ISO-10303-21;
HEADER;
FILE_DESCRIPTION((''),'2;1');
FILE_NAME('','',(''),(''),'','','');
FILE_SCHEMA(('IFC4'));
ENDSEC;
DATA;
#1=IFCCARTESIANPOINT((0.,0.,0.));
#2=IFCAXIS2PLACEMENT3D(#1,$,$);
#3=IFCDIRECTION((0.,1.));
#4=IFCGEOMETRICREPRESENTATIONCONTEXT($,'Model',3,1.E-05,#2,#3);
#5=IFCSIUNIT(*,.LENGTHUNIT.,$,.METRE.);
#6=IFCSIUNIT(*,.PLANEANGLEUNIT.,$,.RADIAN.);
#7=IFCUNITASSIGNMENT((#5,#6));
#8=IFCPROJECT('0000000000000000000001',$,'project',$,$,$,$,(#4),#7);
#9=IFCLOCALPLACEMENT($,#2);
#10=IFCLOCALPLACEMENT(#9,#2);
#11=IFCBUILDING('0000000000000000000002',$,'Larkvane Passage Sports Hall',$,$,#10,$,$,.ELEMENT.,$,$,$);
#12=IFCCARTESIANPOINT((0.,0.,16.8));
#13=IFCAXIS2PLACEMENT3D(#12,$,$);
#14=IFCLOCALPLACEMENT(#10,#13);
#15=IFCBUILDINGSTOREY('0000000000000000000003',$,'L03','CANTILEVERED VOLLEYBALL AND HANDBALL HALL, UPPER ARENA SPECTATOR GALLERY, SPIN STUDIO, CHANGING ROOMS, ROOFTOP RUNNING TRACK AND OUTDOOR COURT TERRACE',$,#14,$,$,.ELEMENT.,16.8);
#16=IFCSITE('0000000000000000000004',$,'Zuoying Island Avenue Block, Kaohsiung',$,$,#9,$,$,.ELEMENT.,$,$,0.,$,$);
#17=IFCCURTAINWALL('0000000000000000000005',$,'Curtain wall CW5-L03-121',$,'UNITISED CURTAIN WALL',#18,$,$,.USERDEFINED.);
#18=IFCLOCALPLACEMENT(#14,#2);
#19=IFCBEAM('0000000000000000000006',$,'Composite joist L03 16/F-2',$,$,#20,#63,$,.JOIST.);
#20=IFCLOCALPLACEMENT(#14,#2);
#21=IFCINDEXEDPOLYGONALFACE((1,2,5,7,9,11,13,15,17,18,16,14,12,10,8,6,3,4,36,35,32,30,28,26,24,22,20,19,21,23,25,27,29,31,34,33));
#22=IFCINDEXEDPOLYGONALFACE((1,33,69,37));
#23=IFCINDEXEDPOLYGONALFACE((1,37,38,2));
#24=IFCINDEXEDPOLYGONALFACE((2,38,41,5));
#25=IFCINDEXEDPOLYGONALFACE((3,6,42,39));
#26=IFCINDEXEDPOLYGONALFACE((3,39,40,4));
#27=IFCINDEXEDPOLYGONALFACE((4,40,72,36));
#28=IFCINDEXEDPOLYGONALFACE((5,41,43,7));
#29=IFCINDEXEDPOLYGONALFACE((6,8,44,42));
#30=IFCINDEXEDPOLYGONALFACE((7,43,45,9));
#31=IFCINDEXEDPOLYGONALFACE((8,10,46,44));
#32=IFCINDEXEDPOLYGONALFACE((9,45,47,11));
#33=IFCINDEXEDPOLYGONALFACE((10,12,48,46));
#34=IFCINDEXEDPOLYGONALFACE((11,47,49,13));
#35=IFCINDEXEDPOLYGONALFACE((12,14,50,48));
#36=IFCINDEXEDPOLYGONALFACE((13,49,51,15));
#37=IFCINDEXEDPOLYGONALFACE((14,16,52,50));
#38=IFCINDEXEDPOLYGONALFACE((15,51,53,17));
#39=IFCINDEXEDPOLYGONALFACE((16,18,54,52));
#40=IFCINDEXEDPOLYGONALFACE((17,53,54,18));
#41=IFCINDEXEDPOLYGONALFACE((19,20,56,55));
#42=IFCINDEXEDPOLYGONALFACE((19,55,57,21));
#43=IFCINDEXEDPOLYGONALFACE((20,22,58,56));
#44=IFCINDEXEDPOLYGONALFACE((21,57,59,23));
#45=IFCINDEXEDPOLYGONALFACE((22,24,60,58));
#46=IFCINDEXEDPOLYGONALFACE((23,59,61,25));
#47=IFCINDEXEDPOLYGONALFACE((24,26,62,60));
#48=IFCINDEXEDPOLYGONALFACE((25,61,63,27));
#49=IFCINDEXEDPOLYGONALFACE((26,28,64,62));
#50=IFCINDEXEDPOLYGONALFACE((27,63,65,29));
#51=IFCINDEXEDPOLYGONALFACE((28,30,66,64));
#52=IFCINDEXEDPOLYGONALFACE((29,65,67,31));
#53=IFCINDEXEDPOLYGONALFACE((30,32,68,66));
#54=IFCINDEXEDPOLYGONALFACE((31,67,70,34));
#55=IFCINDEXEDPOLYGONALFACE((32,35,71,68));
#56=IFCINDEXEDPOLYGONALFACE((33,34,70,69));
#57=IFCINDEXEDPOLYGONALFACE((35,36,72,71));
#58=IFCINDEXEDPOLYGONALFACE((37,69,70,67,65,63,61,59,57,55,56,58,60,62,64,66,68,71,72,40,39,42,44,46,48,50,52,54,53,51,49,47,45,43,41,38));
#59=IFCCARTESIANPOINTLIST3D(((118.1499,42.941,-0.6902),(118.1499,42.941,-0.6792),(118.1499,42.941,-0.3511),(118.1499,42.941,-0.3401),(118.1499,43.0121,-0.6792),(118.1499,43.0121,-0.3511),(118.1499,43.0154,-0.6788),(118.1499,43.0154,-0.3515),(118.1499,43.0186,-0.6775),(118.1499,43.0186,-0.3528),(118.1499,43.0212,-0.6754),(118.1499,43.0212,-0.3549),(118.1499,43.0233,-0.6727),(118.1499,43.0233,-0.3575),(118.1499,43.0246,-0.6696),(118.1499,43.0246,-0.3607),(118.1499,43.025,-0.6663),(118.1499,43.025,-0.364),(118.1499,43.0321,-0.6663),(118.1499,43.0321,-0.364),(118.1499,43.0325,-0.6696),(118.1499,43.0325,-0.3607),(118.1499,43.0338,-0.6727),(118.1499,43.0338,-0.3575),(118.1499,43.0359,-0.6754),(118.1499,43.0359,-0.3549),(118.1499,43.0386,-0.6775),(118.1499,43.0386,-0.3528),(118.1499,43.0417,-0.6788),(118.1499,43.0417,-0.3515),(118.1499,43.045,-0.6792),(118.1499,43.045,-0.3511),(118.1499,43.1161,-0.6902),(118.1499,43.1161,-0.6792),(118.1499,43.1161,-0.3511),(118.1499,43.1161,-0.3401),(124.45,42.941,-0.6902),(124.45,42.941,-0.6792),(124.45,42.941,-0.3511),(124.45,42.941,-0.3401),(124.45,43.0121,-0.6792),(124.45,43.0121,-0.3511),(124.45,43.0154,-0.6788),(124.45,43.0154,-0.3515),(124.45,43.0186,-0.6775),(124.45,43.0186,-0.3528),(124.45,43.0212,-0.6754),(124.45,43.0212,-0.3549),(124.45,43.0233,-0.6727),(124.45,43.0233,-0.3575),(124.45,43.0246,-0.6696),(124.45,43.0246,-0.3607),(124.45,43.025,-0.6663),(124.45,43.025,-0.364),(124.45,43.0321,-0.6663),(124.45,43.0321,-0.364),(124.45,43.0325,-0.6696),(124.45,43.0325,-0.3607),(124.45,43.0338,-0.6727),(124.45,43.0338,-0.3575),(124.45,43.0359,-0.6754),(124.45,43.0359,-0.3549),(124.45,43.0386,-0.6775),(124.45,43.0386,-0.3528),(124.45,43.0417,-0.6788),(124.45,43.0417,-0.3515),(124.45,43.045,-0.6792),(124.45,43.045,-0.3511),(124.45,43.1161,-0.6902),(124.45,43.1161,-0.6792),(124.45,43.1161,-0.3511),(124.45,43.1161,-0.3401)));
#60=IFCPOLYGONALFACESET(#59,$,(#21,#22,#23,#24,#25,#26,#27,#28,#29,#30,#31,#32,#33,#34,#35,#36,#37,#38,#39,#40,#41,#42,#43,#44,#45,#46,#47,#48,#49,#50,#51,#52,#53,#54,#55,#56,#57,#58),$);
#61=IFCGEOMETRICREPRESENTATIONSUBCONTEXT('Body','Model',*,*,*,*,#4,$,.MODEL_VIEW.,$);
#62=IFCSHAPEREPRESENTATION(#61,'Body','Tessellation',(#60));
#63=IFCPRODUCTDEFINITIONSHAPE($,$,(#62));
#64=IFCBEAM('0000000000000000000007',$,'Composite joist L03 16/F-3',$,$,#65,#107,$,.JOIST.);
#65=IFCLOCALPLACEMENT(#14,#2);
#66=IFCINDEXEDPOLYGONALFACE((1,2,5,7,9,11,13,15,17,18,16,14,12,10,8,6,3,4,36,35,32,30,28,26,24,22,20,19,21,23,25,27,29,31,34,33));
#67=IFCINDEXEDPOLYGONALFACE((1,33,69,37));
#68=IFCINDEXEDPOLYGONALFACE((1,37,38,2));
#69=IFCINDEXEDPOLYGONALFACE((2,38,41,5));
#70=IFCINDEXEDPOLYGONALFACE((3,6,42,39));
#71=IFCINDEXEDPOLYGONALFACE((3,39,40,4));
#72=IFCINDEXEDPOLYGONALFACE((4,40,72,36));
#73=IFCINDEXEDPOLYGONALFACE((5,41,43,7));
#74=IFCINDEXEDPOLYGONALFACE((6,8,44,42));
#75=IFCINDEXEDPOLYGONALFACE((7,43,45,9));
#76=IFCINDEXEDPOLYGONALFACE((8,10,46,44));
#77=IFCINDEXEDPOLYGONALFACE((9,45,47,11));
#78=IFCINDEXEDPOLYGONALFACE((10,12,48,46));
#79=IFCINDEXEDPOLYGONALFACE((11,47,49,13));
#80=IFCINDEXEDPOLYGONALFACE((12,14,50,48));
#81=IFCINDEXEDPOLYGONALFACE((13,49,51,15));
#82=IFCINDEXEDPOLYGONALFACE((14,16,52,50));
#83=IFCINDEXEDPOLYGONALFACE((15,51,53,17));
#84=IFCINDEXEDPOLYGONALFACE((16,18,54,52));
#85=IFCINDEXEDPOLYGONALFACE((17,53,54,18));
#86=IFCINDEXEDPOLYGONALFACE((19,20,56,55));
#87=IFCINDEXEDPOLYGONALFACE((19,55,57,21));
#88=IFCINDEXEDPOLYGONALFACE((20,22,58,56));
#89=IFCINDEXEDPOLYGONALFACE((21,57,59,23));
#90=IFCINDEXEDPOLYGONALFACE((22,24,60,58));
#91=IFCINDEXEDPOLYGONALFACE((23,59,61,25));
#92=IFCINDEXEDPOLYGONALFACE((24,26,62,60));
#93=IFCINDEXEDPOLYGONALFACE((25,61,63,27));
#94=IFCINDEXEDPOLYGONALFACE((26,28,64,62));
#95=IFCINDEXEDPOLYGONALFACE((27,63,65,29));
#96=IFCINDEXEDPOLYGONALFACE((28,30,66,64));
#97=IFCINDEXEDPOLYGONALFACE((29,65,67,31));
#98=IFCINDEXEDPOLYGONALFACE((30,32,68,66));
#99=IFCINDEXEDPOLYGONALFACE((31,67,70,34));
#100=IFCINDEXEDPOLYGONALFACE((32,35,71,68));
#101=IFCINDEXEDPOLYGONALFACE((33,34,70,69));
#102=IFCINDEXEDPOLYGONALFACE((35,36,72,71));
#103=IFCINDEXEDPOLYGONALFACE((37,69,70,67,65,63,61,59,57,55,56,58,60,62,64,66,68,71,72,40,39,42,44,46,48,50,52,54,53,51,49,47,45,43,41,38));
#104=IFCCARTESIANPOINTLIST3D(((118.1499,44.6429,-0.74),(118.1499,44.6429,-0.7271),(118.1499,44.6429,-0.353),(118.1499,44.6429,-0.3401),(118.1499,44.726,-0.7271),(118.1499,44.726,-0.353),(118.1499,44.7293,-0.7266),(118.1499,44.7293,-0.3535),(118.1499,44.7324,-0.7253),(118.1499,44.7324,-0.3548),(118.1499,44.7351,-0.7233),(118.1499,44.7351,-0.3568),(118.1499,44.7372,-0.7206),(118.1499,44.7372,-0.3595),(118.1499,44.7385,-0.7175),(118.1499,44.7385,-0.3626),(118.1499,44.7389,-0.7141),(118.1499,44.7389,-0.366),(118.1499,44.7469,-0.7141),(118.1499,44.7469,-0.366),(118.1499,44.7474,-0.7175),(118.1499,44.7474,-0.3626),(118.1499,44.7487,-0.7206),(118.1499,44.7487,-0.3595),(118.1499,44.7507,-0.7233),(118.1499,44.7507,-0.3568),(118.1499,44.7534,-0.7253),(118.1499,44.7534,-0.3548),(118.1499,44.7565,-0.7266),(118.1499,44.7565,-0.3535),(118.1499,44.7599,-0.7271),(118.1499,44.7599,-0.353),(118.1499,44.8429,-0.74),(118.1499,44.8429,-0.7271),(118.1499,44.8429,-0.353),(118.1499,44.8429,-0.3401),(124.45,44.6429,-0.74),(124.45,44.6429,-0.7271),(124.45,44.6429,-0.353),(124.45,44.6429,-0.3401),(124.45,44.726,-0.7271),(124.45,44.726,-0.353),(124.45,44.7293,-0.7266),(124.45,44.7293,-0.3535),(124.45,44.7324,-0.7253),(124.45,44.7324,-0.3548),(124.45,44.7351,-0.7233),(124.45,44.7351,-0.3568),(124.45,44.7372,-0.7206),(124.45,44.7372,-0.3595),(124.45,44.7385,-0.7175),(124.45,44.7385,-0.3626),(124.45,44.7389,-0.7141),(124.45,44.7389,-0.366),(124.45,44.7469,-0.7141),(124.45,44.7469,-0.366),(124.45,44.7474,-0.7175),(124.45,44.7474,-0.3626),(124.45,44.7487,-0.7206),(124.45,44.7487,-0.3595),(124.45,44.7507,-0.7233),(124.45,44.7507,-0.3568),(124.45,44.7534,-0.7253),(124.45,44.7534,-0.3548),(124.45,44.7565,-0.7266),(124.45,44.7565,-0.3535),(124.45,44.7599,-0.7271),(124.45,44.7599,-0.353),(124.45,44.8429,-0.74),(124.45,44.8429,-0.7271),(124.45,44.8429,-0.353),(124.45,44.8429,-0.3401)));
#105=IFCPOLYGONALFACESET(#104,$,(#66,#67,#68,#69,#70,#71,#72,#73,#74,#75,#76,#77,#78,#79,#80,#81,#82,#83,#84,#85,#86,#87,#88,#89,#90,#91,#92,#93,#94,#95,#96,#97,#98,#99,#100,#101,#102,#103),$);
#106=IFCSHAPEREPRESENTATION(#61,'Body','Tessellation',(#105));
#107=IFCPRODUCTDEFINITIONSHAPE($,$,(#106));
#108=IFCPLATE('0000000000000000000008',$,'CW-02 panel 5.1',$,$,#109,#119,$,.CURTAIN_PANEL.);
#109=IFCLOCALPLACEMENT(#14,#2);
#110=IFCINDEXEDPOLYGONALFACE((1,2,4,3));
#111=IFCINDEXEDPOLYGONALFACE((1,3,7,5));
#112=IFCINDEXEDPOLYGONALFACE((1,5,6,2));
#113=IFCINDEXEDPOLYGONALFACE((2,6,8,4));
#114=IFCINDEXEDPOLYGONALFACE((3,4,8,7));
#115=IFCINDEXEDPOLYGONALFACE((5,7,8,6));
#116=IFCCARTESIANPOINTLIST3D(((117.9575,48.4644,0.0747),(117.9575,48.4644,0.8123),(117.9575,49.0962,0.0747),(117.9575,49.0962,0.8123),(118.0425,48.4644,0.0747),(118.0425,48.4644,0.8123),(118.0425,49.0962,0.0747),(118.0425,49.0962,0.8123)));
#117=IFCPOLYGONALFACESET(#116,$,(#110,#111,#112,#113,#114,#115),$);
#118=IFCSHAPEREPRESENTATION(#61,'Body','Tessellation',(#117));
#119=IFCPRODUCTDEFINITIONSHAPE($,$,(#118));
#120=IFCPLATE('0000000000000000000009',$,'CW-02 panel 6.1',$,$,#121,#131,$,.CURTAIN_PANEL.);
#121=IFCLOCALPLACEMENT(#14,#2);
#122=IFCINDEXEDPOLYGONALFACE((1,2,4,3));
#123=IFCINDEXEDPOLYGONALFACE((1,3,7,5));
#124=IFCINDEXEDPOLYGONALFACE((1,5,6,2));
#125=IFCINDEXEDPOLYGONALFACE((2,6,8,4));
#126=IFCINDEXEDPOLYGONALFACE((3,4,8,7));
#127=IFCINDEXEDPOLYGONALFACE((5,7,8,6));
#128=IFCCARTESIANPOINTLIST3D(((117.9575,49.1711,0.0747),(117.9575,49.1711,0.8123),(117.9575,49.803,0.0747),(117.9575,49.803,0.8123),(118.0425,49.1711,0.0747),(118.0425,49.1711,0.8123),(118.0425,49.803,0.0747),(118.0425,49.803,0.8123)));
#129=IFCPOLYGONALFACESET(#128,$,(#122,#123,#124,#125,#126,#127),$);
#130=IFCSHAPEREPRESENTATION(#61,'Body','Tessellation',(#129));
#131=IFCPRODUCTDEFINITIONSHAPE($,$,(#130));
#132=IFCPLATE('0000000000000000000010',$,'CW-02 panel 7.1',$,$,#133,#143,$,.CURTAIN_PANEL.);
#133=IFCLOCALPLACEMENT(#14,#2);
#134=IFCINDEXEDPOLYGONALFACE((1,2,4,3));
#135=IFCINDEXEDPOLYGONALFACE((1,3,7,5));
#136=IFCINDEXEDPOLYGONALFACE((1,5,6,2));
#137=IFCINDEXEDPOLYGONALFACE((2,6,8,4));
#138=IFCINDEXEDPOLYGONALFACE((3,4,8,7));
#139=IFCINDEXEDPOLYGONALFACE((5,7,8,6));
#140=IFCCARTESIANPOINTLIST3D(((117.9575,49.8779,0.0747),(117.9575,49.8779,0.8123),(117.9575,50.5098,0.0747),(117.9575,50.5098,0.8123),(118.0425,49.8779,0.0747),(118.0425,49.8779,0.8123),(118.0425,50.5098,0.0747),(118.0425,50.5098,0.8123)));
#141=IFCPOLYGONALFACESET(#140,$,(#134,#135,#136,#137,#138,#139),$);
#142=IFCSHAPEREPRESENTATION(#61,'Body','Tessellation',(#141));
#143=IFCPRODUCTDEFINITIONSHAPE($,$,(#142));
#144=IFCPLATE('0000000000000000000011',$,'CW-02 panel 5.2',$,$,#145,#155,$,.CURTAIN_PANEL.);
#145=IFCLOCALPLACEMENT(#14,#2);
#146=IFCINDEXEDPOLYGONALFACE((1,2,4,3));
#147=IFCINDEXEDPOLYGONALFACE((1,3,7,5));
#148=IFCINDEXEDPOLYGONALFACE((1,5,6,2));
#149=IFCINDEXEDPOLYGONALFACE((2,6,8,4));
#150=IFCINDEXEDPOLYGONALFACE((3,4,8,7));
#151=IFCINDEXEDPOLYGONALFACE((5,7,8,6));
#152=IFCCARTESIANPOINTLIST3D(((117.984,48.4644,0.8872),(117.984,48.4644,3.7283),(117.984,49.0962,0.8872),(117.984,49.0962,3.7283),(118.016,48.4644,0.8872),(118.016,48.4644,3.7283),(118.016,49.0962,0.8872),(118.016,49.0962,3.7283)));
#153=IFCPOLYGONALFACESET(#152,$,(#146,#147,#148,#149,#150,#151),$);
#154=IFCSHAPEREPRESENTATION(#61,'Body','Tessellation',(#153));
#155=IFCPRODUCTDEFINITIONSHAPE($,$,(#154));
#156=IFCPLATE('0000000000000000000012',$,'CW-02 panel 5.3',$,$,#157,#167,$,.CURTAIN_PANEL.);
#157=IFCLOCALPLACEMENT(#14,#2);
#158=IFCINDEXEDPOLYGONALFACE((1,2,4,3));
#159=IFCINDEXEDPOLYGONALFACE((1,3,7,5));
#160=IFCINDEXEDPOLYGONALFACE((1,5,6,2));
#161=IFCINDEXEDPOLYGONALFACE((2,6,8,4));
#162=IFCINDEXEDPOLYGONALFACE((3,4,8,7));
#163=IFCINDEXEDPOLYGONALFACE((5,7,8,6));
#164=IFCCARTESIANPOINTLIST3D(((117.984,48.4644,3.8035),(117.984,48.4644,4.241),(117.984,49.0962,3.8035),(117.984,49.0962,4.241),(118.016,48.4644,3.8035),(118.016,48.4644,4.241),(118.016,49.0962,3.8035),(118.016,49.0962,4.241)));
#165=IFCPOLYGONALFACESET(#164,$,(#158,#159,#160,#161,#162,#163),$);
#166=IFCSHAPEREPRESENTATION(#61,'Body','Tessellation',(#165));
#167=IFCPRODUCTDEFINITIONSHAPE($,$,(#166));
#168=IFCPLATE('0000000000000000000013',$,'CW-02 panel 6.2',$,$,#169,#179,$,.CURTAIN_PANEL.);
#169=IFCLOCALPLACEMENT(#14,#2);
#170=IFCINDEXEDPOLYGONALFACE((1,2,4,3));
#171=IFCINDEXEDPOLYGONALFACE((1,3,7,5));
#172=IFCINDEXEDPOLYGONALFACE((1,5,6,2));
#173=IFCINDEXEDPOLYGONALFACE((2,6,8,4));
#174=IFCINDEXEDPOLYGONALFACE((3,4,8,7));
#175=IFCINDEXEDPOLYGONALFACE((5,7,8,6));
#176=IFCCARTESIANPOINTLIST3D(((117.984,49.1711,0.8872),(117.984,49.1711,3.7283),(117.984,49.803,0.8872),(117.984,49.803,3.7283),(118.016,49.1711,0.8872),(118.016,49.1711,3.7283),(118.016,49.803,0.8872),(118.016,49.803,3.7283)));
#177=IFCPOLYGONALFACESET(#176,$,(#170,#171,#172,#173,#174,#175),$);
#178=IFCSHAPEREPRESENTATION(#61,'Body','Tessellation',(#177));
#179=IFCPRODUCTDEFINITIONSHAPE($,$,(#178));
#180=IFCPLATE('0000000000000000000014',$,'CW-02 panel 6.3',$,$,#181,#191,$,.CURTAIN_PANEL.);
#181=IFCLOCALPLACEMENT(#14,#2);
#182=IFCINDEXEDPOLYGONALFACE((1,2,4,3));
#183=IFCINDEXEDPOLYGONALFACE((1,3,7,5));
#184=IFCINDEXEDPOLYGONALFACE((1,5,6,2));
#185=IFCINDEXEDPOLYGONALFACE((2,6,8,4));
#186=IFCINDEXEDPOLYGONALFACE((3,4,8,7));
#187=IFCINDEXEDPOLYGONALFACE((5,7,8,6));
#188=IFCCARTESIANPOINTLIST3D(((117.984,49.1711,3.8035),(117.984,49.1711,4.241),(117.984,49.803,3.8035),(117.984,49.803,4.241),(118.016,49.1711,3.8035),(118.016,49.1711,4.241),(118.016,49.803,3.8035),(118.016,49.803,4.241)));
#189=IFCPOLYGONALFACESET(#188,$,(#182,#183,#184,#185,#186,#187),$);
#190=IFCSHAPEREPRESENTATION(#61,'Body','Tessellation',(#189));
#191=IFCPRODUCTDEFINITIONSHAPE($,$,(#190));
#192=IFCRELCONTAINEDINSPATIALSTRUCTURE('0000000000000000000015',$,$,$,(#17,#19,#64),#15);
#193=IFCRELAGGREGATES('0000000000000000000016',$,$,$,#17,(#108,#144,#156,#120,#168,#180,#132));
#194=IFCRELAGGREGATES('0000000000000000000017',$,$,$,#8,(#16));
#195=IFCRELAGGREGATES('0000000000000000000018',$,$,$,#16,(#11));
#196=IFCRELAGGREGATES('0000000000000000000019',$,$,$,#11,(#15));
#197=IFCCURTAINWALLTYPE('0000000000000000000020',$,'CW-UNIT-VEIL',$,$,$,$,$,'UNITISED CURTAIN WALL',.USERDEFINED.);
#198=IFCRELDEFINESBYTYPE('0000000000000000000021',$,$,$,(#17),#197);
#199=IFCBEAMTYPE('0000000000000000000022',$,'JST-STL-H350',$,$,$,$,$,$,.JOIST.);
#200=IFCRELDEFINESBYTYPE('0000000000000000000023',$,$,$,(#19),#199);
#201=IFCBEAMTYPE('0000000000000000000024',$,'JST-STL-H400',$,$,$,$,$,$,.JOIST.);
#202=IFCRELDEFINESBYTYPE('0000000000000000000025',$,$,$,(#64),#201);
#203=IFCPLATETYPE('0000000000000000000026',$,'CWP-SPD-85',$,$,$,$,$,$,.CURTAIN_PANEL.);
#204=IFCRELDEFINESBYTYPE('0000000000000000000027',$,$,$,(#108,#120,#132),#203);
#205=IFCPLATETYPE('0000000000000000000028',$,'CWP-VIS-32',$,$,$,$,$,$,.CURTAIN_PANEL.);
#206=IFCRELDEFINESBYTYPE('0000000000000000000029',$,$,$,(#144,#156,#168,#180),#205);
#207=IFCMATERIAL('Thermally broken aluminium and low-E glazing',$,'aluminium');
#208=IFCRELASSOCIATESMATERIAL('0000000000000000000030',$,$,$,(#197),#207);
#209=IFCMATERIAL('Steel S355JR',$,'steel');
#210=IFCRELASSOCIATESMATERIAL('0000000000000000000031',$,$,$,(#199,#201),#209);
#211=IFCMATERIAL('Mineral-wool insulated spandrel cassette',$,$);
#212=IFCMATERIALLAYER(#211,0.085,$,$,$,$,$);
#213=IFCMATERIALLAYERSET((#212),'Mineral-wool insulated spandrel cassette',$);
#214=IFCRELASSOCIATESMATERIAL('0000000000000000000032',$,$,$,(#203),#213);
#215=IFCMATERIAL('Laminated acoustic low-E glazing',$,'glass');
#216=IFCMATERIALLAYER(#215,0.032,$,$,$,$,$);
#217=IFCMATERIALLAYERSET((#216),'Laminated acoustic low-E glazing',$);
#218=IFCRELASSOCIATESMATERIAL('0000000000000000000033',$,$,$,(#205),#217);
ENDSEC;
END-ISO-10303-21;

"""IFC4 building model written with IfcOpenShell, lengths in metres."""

from ifc_helpers import new_model, si_unit, direction, frame, origin, origin_2d, place, context, subcontext, project, spatial, rectangle, i_section, extrude, material, layer, layer_set, material_profile, profile_set, type_object, element, aggregate, save


model = new_model("IFC4")

# Units and contexts
model_context = context("Model", 3, precision=1e-05, world=origin(), true_north=direction((0.0, 1.0)))
body_context = subcontext(model_context, "Body", "Model", "MODEL_VIEW")
ifc_project = project(units=[si_unit("LENGTHUNIT", "METRE"), si_unit("PLANEANGLEUNIT", "RADIAN")], contexts=[model_context])

# Site, building, storey
site_placement = place(None, origin())
site = spatial("IfcSite", under=ifc_project, at=site_placement, Name="Zuoying Island Avenue Block, Kaohsiung", CompositionType="ELEMENT", RefElevation=0.0)
building_placement = place(site_placement, origin())
building = spatial("IfcBuilding", under=site, at=building_placement, Name="Larkvane Passage Sports Hall", CompositionType="ELEMENT")
storey_placement = place(building_placement, frame((0.0, 0.0, 16.8)))
storey = spatial("IfcBuildingStorey", under=building, at=storey_placement, Name="L03", Description="CANTILEVERED VOLLEYBALL AND HANDBALL HALL, UPPER ARENA SPECTATOR GALLERY, SPIN STUDIO, CHANGING ROOMS, ROOFTOP RUNNING TRACK AND OUTDOOR COURT TERRACE", CompositionType="ELEMENT", Elevation=16.8)

# Curtain wall
ifc_material_1 = material(Name="Thermally broken aluminium and low-E glazing", Category="aluminium")
curtain_wall_type = type_object("IfcCurtainWallType", Name="CW-UNIT-VEIL", ElementType="UNITISED CURTAIN WALL", PredefinedType="USERDEFINED", material=ifc_material_1)
curtain_wall_placement = place(storey_placement, origin())
curtain_wall = element("IfcCurtainWall", 1, at=curtain_wall_placement, inside=storey, type_object=curtain_wall_type, Name="Curtain wall CW5-L03-121", ObjectType="UNITISED CURTAIN WALL", PredefinedType="USERDEFINED")

# Beams
ifc_material_2 = material(Name="Steel S355JR", Category="steel")
ifc_material_profile_1 = material_profile(ifc_material_2, i_section(OverallWidth=0.175, OverallDepth=0.3501, WebThickness=0.0071, FlangeThickness=0.011, FilletRadius=0.0129, at=origin_2d()), Name="H-350x175x7x11")
ifc_profile_set_1 = profile_set([ifc_material_profile_1], Name="Steel S355JR")
beam_type_1 = type_object("IfcBeamType", Name="JST-STL-H350", PredefinedType="JOIST", material=ifc_profile_set_1)
beam_1_placement = place(storey_placement, frame((118.1499, 43.0286, -0.5151), z_axis=(1.0, 0.0, 0.0), x_axis=(0.0, 1.0, 0.0)))
element("IfcBeam", 2, at=beam_1_placement, inside=storey, type_object=beam_type_1, Name="Composite joist L03 16/F-2", PredefinedType="JOIST", context=body_context, shape_type="SweptSolid", body=[
    extrude(i_section(OverallWidth=0.175, OverallDepth=0.3501, WebThickness=0.0071, FlangeThickness=0.011, FilletRadius=0.0129, at=origin_2d()), origin(), (0.0, 0.0, 1.0), 6.3),
])
ifc_material_profile_2 = material_profile(ifc_material_2, i_section(OverallWidth=0.2, OverallDepth=0.3999, WebThickness=0.0081, FlangeThickness=0.0129, FilletRadius=0.0129, at=origin_2d()), Name="H-400x200x8x13")
ifc_profile_set_2 = profile_set([ifc_material_profile_2], Name="Steel S355JR")
beam_type_2 = type_object("IfcBeamType", Name="JST-STL-H400", PredefinedType="JOIST", material=ifc_profile_set_2)
beam_2_placement = place(storey_placement, frame((118.1499, 44.7429, -0.54), z_axis=(1.0, 0.0, 0.0), x_axis=(0.0, 1.0, 0.0)))
element("IfcBeam", 3, at=beam_2_placement, inside=storey, type_object=beam_type_2, Name="Composite joist L03 16/F-3", PredefinedType="JOIST", context=body_context, shape_type="SweptSolid", body=[
    extrude(i_section(OverallWidth=0.2, OverallDepth=0.3999, WebThickness=0.0081, FlangeThickness=0.0129, FilletRadius=0.0129, at=origin_2d()), origin(), (0.0, 0.0, 1.0), 6.3),
])

# Plates
ifc_material_3 = material(Name="Mineral-wool insulated spandrel cassette")
ifc_layer_1 = layer(ifc_material_3, 0.085)
ifc_layer_set_1 = layer_set([ifc_layer_1], Name="Mineral-wool insulated spandrel cassette")
plate_type_1 = type_object("IfcPlateType", Name="CWP-SPD-85", PredefinedType="CURTAIN_PANEL", material=ifc_layer_set_1)
plate_1_placement = place(storey_placement, frame((118.0, 48.7803, 0.0747), z_axis=(0.0, 0.0, 1.0), x_axis=(0.0, 1.0, 0.0)))
plate_1 = element("IfcPlate", 4, at=plate_1_placement, type_object=plate_type_1, Name="CW-02 panel 5.1", PredefinedType="CURTAIN_PANEL", context=body_context, shape_type="SweptSolid", body=[
    extrude(rectangle(XDim=0.6318, YDim=0.085, at=origin_2d()), origin(), (0.0, 0.0, 1.0), 0.7375),
])
plate_2_placement = place(storey_placement, frame((118.0, 49.4871, 0.0747), z_axis=(0.0, 0.0, 1.0), x_axis=(0.0, 1.0, 0.0)))
plate_2 = element("IfcPlate", 5, at=plate_2_placement, type_object=plate_type_1, Name="CW-02 panel 6.1", PredefinedType="CURTAIN_PANEL", context=body_context, shape_type="SweptSolid", body=[
    extrude(rectangle(XDim=0.6318, YDim=0.085, at=origin_2d()), origin(), (0.0, 0.0, 1.0), 0.7375),
])
plate_3_placement = place(storey_placement, frame((118.0, 50.1938, 0.0747), z_axis=(0.0, 0.0, 1.0), x_axis=(0.0, 1.0, 0.0)))
plate_3 = element("IfcPlate", 6, at=plate_3_placement, type_object=plate_type_1, Name="CW-02 panel 7.1", PredefinedType="CURTAIN_PANEL", context=body_context, shape_type="SweptSolid", body=[
    extrude(rectangle(XDim=0.6318, YDim=0.085, at=origin_2d()), origin(), (0.0, 0.0, 1.0), 0.7375),
])
ifc_material_4 = material(Name="Laminated acoustic low-E glazing", Category="glass")
ifc_layer_2 = layer(ifc_material_4, 0.032)
ifc_layer_set_2 = layer_set([ifc_layer_2], Name="Laminated acoustic low-E glazing")
plate_type_2 = type_object("IfcPlateType", Name="CWP-VIS-32", PredefinedType="CURTAIN_PANEL", material=ifc_layer_set_2)
plate_4_placement = place(storey_placement, frame((118.0, 48.7803, 0.8872), z_axis=(0.0, 0.0, 1.0), x_axis=(0.0, 1.0, 0.0)))
plate_4 = element("IfcPlate", 7, at=plate_4_placement, type_object=plate_type_2, Name="CW-02 panel 5.2", PredefinedType="CURTAIN_PANEL", context=body_context, shape_type="SweptSolid", body=[
    extrude(rectangle(XDim=0.6318, YDim=0.032, at=origin_2d()), origin(), (0.0, 0.0, 1.0), 2.8411),
])
plate_5_placement = place(storey_placement, frame((118.0, 48.7803, 3.8035), z_axis=(0.0, 0.0, 1.0), x_axis=(0.0, 1.0, 0.0)))
plate_5 = element("IfcPlate", 8, at=plate_5_placement, type_object=plate_type_2, Name="CW-02 panel 5.3", PredefinedType="CURTAIN_PANEL", context=body_context, shape_type="SweptSolid", body=[
    extrude(rectangle(XDim=0.6318, YDim=0.032, at=origin_2d()), origin(), (0.0, 0.0, 1.0), 0.4375),
])
plate_6_placement = place(storey_placement, frame((118.0, 49.4871, 0.8872), z_axis=(0.0, 0.0, 1.0), x_axis=(0.0, 1.0, 0.0)))
plate_6 = element("IfcPlate", 9, at=plate_6_placement, type_object=plate_type_2, Name="CW-02 panel 6.2", PredefinedType="CURTAIN_PANEL", context=body_context, shape_type="SweptSolid", body=[
    extrude(rectangle(XDim=0.6318, YDim=0.032, at=origin_2d()), origin(), (0.0, 0.0, 1.0), 2.8411),
])
plate_7_placement = place(storey_placement, frame((118.0, 49.4871, 3.8035), z_axis=(0.0, 0.0, 1.0), x_axis=(0.0, 1.0, 0.0)))
plate_7 = element("IfcPlate", 10, at=plate_7_placement, type_object=plate_type_2, Name="CW-02 panel 6.3", PredefinedType="CURTAIN_PANEL", context=body_context, shape_type="SweptSolid", body=[
    extrude(rectangle(XDim=0.6318, YDim=0.032, at=origin_2d()), origin(), (0.0, 0.0, 1.0), 0.4375),
])
aggregate(curtain_wall, [plate_1, plate_4, plate_5, plate_2, plate_6, plate_7, plate_3])

save(model, "model.ifc")
